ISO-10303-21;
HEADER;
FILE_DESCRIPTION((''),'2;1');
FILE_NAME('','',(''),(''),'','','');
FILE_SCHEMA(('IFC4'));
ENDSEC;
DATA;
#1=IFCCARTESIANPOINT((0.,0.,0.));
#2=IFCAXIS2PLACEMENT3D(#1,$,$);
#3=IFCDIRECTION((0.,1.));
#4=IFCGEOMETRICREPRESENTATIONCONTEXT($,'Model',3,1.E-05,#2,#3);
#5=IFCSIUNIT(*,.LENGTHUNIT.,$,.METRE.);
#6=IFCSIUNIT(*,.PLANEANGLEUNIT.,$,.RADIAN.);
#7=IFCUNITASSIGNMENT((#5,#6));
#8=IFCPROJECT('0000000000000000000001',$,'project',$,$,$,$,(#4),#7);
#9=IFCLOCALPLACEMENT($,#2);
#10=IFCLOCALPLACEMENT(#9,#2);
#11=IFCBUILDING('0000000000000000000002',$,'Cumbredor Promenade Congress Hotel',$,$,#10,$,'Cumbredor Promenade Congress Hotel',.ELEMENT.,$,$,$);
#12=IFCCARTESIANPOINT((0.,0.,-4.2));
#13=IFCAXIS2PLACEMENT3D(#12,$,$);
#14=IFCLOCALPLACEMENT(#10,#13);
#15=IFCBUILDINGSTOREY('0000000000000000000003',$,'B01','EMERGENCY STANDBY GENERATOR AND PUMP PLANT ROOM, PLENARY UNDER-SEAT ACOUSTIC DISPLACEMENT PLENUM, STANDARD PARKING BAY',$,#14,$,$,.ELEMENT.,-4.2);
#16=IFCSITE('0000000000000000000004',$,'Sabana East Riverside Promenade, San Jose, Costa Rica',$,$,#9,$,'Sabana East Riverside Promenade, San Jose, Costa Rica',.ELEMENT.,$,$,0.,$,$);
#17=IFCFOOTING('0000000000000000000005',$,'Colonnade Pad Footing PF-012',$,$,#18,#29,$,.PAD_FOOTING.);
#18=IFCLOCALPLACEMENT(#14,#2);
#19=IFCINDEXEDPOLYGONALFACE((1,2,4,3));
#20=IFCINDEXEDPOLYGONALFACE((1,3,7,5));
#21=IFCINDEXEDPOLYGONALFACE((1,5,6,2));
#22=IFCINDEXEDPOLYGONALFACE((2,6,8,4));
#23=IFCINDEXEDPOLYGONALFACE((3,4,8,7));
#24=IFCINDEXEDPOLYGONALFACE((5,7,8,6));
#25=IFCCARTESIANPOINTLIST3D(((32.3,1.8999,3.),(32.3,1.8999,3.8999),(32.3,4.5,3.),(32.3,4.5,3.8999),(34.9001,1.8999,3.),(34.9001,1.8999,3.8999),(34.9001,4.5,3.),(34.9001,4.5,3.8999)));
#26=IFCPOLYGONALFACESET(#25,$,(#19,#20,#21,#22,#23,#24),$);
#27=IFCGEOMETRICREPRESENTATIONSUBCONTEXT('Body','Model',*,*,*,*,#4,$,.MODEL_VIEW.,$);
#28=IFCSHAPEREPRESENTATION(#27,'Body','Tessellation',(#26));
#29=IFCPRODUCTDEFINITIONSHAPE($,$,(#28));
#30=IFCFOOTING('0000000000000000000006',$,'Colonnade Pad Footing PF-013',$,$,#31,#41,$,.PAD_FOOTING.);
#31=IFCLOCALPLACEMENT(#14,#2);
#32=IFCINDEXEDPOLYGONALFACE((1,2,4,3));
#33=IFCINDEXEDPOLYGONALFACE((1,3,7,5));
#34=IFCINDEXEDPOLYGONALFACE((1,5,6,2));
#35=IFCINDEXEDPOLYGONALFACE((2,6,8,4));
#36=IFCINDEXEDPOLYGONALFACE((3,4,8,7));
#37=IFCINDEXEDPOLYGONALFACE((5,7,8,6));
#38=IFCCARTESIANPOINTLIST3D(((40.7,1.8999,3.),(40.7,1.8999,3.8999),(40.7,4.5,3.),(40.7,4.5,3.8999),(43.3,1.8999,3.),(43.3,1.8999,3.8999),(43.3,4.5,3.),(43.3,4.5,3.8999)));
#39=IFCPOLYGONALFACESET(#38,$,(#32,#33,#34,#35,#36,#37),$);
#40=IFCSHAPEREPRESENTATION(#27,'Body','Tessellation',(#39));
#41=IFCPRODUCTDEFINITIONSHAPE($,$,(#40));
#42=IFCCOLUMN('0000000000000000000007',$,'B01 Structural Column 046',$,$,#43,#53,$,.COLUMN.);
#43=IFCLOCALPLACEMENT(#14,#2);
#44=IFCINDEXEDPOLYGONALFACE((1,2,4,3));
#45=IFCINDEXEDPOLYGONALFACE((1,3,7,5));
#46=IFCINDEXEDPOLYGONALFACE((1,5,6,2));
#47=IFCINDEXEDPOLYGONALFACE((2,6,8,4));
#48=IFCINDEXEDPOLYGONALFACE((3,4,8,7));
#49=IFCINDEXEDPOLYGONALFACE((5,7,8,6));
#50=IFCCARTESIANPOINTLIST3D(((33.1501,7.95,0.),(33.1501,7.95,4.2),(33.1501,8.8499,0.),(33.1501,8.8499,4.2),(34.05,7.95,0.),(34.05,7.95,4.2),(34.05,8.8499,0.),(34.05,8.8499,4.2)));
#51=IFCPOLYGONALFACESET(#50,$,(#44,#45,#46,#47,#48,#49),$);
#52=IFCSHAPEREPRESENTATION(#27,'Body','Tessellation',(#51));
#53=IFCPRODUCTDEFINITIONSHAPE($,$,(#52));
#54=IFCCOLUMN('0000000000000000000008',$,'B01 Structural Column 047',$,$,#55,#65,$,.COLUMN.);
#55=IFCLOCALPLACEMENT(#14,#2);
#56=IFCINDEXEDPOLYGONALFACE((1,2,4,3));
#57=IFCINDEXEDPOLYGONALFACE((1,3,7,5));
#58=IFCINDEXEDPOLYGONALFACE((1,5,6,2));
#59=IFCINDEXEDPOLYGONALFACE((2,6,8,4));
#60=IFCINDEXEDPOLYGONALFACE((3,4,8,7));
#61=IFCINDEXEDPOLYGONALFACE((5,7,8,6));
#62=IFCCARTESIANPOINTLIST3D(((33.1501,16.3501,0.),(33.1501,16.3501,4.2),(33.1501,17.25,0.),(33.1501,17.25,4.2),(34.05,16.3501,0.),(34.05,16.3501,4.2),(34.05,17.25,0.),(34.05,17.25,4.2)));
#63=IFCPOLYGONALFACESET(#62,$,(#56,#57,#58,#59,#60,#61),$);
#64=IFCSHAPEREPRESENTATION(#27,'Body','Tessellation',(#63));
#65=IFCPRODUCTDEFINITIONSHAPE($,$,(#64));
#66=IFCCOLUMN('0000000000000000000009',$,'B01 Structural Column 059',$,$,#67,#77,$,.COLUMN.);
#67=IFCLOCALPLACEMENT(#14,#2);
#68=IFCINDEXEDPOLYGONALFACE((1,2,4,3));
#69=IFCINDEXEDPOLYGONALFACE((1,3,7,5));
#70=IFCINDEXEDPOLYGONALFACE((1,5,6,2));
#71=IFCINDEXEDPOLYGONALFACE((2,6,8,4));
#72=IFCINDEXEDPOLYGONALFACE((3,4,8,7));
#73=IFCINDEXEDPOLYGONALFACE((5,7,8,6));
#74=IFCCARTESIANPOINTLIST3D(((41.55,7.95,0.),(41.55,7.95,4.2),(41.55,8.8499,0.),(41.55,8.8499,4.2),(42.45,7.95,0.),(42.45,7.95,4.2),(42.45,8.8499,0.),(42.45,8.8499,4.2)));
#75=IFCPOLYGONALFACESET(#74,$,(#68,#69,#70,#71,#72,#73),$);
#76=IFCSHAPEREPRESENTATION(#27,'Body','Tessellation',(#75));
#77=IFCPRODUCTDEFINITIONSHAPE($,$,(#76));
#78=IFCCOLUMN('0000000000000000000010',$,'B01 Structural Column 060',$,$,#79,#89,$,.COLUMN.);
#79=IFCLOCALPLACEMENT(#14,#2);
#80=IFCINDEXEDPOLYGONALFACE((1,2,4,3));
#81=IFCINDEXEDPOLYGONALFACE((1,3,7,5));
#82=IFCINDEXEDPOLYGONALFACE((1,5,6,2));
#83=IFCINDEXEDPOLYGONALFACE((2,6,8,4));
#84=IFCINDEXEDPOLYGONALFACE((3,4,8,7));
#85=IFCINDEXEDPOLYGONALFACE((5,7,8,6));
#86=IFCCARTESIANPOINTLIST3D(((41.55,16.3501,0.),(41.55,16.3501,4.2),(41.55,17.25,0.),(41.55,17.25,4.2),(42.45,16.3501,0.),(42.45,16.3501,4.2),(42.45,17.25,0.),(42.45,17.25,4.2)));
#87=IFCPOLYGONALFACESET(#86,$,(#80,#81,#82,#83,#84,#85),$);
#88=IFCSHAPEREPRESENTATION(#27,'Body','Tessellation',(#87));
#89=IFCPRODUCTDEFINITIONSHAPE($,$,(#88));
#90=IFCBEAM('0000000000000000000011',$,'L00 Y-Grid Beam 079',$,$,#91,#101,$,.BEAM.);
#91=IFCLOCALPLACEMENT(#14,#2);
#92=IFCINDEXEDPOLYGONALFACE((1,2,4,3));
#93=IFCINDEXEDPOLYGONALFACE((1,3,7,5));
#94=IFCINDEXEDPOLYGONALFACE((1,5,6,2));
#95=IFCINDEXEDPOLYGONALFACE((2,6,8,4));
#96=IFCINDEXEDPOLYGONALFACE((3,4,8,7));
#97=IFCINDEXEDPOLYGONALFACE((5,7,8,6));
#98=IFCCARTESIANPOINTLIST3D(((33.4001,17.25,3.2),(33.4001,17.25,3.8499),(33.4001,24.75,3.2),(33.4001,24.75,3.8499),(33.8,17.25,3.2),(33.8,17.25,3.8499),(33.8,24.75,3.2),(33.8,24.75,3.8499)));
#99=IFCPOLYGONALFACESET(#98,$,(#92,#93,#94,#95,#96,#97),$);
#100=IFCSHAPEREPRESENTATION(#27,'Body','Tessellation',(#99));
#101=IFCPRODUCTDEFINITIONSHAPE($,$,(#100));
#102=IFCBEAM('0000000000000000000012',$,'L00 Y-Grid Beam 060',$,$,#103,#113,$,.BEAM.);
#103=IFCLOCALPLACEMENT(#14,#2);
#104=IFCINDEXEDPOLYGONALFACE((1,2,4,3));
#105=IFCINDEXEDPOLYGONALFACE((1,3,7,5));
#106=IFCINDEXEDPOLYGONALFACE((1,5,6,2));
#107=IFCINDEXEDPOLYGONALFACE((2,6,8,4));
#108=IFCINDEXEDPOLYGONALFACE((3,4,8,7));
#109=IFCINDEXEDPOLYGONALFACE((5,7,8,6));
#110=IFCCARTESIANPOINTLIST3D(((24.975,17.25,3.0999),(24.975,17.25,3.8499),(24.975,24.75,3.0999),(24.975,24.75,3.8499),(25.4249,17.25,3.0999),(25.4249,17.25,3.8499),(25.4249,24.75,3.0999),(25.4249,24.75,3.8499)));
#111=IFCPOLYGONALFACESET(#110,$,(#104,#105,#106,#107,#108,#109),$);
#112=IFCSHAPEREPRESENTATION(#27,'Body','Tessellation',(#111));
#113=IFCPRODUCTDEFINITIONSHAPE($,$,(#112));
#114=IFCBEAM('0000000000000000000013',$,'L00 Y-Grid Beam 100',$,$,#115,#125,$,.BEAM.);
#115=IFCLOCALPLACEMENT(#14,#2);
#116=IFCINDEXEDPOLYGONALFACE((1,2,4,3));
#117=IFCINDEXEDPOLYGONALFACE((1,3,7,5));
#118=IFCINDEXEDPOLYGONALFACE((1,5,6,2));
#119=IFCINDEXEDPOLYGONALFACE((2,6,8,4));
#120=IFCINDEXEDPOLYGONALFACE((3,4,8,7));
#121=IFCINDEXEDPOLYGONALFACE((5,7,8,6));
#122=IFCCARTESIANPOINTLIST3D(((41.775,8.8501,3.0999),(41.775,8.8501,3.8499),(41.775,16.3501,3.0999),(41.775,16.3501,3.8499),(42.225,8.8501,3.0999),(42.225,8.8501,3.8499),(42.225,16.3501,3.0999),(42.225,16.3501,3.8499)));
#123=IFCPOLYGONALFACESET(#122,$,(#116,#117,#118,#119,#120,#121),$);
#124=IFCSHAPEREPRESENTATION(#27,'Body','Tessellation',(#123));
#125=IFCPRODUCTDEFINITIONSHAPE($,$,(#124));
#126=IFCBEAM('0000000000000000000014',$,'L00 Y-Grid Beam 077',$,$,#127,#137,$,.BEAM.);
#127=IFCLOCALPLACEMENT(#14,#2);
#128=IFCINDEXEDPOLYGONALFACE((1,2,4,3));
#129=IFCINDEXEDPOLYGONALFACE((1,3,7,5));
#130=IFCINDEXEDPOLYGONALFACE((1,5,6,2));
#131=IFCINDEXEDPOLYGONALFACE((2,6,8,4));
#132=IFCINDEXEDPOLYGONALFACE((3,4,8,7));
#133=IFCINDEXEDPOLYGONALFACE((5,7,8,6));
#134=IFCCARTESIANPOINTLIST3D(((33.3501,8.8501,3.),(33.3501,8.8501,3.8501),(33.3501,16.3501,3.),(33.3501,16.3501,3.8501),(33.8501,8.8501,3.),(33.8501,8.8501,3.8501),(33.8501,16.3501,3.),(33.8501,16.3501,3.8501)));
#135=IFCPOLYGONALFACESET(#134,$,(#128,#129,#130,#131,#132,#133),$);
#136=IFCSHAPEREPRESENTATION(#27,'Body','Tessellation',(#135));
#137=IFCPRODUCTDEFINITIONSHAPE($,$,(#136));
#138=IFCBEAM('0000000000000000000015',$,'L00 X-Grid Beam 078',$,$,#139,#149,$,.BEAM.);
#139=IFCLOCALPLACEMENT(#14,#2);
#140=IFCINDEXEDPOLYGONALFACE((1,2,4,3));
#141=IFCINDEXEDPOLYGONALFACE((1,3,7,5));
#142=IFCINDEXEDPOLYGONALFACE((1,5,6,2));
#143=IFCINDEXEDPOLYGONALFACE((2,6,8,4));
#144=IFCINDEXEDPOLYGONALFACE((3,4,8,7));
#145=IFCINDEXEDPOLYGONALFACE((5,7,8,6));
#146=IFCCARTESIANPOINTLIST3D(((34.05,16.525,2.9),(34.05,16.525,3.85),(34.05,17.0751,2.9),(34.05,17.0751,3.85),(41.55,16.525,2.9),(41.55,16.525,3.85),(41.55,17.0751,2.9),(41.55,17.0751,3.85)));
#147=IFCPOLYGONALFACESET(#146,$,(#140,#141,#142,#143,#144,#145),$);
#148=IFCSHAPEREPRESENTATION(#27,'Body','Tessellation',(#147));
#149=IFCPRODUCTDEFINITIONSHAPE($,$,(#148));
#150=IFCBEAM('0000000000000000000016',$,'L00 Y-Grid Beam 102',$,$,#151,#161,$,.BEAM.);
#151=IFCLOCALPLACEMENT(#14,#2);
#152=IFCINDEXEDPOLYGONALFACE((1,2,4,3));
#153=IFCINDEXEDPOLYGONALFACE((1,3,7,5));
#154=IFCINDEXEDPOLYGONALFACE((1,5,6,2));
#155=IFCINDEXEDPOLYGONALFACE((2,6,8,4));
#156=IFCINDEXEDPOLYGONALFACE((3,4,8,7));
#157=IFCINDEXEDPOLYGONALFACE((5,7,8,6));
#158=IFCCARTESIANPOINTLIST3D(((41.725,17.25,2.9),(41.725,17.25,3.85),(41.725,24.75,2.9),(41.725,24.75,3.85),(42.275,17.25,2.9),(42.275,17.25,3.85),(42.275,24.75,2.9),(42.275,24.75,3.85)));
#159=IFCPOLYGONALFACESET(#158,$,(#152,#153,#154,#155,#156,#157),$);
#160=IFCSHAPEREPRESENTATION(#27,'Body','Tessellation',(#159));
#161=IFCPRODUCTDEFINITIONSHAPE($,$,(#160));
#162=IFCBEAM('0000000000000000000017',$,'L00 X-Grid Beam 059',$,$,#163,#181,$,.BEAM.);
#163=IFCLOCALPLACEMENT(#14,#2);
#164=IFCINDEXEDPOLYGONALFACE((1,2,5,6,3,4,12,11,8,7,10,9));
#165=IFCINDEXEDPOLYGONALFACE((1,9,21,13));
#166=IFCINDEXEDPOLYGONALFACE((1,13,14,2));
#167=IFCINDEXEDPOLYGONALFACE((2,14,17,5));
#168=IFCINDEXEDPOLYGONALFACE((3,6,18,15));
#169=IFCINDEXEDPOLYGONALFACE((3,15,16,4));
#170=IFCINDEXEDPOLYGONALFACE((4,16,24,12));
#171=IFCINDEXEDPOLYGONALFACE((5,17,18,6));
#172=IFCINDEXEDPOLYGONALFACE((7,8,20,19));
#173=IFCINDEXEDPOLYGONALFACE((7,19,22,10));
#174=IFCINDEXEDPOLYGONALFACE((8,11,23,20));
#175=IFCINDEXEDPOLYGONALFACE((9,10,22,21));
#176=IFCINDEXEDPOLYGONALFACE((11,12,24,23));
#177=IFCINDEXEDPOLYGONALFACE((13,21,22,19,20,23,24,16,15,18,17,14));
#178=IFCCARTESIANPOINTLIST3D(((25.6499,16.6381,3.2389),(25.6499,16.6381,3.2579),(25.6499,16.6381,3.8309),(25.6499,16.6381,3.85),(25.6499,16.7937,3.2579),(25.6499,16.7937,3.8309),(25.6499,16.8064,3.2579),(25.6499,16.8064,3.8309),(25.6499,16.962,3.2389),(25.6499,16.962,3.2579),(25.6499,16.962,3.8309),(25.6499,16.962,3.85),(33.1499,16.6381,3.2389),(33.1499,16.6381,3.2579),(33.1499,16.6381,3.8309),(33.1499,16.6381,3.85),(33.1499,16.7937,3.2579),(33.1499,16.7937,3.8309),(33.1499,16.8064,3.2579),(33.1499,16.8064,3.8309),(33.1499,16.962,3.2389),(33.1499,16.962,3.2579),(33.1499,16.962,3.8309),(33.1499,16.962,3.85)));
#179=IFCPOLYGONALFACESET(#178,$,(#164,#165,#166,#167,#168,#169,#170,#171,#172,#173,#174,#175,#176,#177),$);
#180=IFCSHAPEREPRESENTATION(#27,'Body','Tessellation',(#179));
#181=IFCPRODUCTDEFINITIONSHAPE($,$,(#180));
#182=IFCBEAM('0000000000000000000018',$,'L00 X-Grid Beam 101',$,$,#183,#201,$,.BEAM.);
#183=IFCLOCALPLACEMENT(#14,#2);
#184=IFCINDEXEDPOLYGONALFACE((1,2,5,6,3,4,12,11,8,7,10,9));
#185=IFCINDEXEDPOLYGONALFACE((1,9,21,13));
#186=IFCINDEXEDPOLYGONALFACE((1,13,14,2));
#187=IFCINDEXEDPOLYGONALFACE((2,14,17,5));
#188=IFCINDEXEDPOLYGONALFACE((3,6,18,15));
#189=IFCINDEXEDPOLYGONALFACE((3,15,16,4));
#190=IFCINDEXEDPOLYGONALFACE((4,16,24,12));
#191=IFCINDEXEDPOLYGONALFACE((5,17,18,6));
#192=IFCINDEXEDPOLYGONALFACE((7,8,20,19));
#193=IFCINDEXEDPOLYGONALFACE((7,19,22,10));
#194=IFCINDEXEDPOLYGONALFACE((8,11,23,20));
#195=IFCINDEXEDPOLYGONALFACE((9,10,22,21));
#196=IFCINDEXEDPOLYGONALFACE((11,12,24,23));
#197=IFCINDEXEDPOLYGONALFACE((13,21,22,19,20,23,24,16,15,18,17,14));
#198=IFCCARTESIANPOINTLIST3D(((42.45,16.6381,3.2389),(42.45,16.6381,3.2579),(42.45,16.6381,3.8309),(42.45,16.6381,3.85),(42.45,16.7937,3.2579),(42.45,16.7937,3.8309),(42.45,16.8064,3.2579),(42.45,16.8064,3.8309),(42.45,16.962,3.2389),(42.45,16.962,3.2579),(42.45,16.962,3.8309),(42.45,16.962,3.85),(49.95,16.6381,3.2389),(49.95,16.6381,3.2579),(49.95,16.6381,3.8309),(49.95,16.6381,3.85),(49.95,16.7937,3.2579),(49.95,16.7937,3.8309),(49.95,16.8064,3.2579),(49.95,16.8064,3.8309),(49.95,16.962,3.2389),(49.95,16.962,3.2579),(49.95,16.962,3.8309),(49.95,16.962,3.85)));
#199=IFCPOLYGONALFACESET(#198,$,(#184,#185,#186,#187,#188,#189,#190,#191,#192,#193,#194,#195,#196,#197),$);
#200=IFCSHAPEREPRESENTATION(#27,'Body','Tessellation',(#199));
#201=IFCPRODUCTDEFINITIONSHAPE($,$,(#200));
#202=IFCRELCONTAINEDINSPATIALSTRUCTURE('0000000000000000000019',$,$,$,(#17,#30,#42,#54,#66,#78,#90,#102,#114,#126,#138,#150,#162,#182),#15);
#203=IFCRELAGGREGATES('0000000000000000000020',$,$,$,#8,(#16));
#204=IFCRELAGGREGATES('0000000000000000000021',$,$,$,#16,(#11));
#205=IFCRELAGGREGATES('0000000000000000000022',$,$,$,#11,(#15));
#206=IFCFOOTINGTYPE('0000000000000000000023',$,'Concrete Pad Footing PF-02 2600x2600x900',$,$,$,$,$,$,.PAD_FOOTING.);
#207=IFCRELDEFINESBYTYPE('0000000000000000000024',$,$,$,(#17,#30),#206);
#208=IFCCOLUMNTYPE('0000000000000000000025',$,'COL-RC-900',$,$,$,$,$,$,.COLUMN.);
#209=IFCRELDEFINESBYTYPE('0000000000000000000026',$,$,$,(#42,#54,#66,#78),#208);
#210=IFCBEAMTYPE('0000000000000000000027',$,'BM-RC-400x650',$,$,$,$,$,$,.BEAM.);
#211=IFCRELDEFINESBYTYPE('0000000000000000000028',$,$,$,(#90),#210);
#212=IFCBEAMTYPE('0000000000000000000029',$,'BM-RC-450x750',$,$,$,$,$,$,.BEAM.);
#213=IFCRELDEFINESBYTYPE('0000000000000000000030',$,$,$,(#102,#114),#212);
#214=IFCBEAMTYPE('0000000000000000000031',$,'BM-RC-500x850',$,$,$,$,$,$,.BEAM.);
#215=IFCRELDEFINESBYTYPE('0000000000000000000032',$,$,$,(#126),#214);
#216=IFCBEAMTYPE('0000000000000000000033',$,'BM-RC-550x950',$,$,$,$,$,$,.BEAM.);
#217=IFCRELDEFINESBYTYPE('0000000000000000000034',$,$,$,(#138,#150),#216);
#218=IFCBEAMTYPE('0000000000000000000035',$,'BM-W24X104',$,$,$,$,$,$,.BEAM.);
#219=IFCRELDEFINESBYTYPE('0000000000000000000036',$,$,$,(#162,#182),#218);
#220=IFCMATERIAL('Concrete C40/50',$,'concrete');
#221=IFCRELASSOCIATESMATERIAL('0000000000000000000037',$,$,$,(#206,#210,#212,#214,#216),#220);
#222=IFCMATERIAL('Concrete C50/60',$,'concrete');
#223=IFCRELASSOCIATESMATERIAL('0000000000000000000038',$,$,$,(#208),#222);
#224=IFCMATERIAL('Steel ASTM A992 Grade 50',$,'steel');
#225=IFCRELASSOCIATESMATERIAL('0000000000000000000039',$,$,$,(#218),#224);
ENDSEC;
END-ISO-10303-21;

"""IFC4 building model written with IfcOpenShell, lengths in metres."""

from ifc_helpers import new_model, si_unit, direction, frame, origin, origin_2d, place, context, subcontext, project, spatial, rectangle, i_section, extrude, material, material_profile, profile_set, type_object, element, save


model = new_model("IFC4")

# Units and contexts
model_context = context("Model", 3, precision=1e-05, world=origin(), true_north=direction((0.0, 1.0)))
body_context = subcontext(model_context, "Body", "Model", "MODEL_VIEW")
ifc_project = project(units=[si_unit("LENGTHUNIT", "METRE"), si_unit("PLANEANGLEUNIT", "RADIAN")], contexts=[model_context])

# Site, building, storey
site_placement = place(None, origin())
site = spatial("IfcSite", under=ifc_project, at=site_placement, Name="Sabana East Riverside Promenade, San Jose, Costa Rica", LongName="Sabana East Riverside Promenade, San Jose, Costa Rica", CompositionType="ELEMENT", RefElevation=0.0)
building_placement = place(site_placement, origin())
building = spatial("IfcBuilding", under=site, at=building_placement, Name="Cumbredor Promenade Congress Hotel", LongName="Cumbredor Promenade Congress Hotel", CompositionType="ELEMENT")
storey_placement = place(building_placement, frame((0.0, 0.0, -4.2)))
storey = spatial("IfcBuildingStorey", under=building, at=storey_placement, Name="B01", Description="EMERGENCY STANDBY GENERATOR AND PUMP PLANT ROOM, PLENARY UNDER-SEAT ACOUSTIC DISPLACEMENT PLENUM, STANDARD PARKING BAY", CompositionType="ELEMENT", Elevation=-4.2)

# Footings
ifc_material_1 = material(Name="Concrete C40/50", Category="concrete")
footing_type = type_object("IfcFootingType", Name="Concrete Pad Footing PF-02 2600x2600x900", PredefinedType="PAD_FOOTING", material=ifc_material_1)
for number, where, z_axis, x_axis, name in (
    (1, (33.6001, 3.2, 3.0), (0.0, 0.0, 1.0), (1.0, 0.0, 0.0), "Colonnade Pad Footing PF-012"),
    (2, (42.0, 3.2, 3.0), (0.0, 0.0, 1.0), (1.0, 0.0, 0.0), "Colonnade Pad Footing PF-013"),
):
    element("IfcFooting", number, at=place(storey_placement, frame(where, z_axis=z_axis, x_axis=x_axis)), inside=storey, type_object=footing_type, Name=name, PredefinedType="PAD_FOOTING", context=body_context, shape_type="SweptSolid", body=[
        extrude(rectangle(XDim=2.6001, YDim=2.6001, at=origin_2d()), origin(), (0.0, 0.0, 1.0), 0.8999),
    ])

# Columns
ifc_material_2 = material(Name="Concrete C50/60", Category="concrete")
ifc_material_profile_1 = material_profile(ifc_material_2, rectangle(XDim=0.8999, YDim=0.8999, at=origin_2d()), Name="RC 900x900")
ifc_profile_set_1 = profile_set([ifc_material_profile_1], Name="Concrete C50/60")
column_type = type_object("IfcColumnType", Name="COL-RC-900", PredefinedType="COLUMN", material=ifc_profile_set_1)
for number, where, z_axis, x_axis, name in (
    (3, (33.6001, 8.3999, 0.0), (0.0, 0.0, 1.0), (1.0, 0.0, 0.0), "B01 Structural Column 046"),
    (4, (33.6001, 16.8, 0.0), (0.0, 0.0, 1.0), (1.0, 0.0, 0.0), "B01 Structural Column 047"),
    (5, (42.0, 8.3999, 0.0), (0.0, 0.0, 1.0), (1.0, 0.0, 0.0), "B01 Structural Column 059"),
    (6, (42.0, 16.8, 0.0), (0.0, 0.0, 1.0), (1.0, 0.0, 0.0), "B01 Structural Column 060"),
):
    element("IfcColumn", number, at=place(storey_placement, frame(where, z_axis=z_axis, x_axis=x_axis)), inside=storey, type_object=column_type, Name=name, PredefinedType="COLUMN", context=body_context, shape_type="SweptSolid", body=[
        extrude(rectangle(XDim=0.8999, YDim=0.8999, at=origin_2d()), origin(), (0.0, 0.0, 1.0), 4.2),
    ])

# Beams
ifc_material_profile_2 = material_profile(ifc_material_1, rectangle(XDim=0.3999, YDim=0.6499, at=origin_2d()), Name="RC BEAM 400x650")
ifc_profile_set_2 = profile_set([ifc_material_profile_2], Name="Concrete C40/50")
beam_type_1 = type_object("IfcBeamType", Name="BM-RC-400x650", PredefinedType="BEAM", material=ifc_profile_set_2)
beam_1_placement = place(storey_placement, frame((33.6001, 17.25, 3.5249), z_axis=(0.0, 1.0, 0.0), x_axis=(-1.0, 0.0, 0.0)))
element("IfcBeam", 7, at=beam_1_placement, inside=storey, type_object=beam_type_1, Name="L00 Y-Grid Beam 079", PredefinedType="BEAM", context=body_context, shape_type="SweptSolid", body=[
    extrude(rectangle(XDim=0.3999, YDim=0.6499, at=origin_2d()), origin(), (0.0, 0.0, 1.0), 7.5),
])
ifc_material_profile_3 = material_profile(ifc_material_1, rectangle(XDim=0.45, YDim=0.75, at=origin_2d()), Name="RC BEAM 450x750")
ifc_profile_set_3 = profile_set([ifc_material_profile_3], Name="Concrete C40/50")
beam_type_2 = type_object("IfcBeamType", Name="BM-RC-450x750", PredefinedType="BEAM", material=ifc_profile_set_3)
for number, where, z_axis, x_axis, name in (
    (8, (25.2, 17.25, 3.4749), (0.0, 1.0, 0.0), (-1.0, 0.0, 0.0), "L00 Y-Grid Beam 060"),
    (9, (42.0, 8.8501, 3.4749), (0.0, 1.0, 0.0), (-1.0, 0.0, 0.0), "L00 Y-Grid Beam 100"),
):
    element("IfcBeam", number, at=place(storey_placement, frame(where, z_axis=z_axis, x_axis=x_axis)), inside=storey, type_object=beam_type_2, Name=name, PredefinedType="BEAM", context=body_context, shape_type="SweptSolid", body=[
        extrude(rectangle(XDim=0.45, YDim=0.75, at=origin_2d()), origin(), (0.0, 0.0, 1.0), 7.5),
    ])
ifc_material_profile_4 = material_profile(ifc_material_1, rectangle(XDim=0.5, YDim=0.8501, at=origin_2d()), Name="RC BEAM 500x850")
ifc_profile_set_4 = profile_set([ifc_material_profile_4], Name="Concrete C40/50")
beam_type_3 = type_object("IfcBeamType", Name="BM-RC-500x850", PredefinedType="BEAM", material=ifc_profile_set_4)
beam_2_placement = place(storey_placement, frame((33.6001, 8.8501, 3.425), z_axis=(0.0, 1.0, 0.0), x_axis=(-1.0, 0.0, 0.0)))
element("IfcBeam", 10, at=beam_2_placement, inside=storey, type_object=beam_type_3, Name="L00 Y-Grid Beam 077", PredefinedType="BEAM", context=body_context, shape_type="SweptSolid", body=[
    extrude(rectangle(XDim=0.5, YDim=0.8501, at=origin_2d()), origin(), (0.0, 0.0, 1.0), 7.5),
])
ifc_material_profile_5 = material_profile(ifc_material_1, rectangle(XDim=0.55, YDim=0.95, at=origin_2d()), Name="RC BEAM 550x950")
ifc_profile_set_5 = profile_set([ifc_material_profile_5], Name="Concrete C40/50")
beam_type_4 = type_object("IfcBeamType", Name="BM-RC-550x950", PredefinedType="BEAM", material=ifc_profile_set_5)
for number, where, z_axis, x_axis, name in (
    (11, (34.05, 16.8, 3.375), (1.0, 0.0, 0.0), (0.0, 1.0, 0.0), "L00 X-Grid Beam 078"),
    (12, (42.0, 17.25, 3.375), (0.0, 1.0, 0.0), (-1.0, 0.0, 0.0), "L00 Y-Grid Beam 102"),
):
    element("IfcBeam", number, at=place(storey_placement, frame(where, z_axis=z_axis, x_axis=x_axis)), inside=storey, type_object=beam_type_4, Name=name, PredefinedType="BEAM", context=body_context, shape_type="SweptSolid", body=[
        extrude(rectangle(XDim=0.55, YDim=0.95, at=origin_2d()), origin(), (0.0, 0.0, 1.0), 7.5),
    ])
ifc_material_3 = material(Name="Steel ASTM A992 Grade 50", Category="steel")
ifc_material_profile_6 = material_profile(ifc_material_3, i_section(OverallWidth=0.324, OverallDepth=0.6111, WebThickness=0.0127, FlangeThickness=0.019, at=origin_2d()), Name="W24X104")
ifc_profile_set_6 = profile_set([ifc_material_profile_6], Name="Steel ASTM A992 Grade 50")
beam_type_5 = type_object("IfcBeamType", Name="BM-W24X104", PredefinedType="BEAM", material=ifc_profile_set_6)
for number, where, z_axis, x_axis, name in (
    (13, (25.6499, 16.8, 3.5444), (1.0, 0.0, 0.0), (0.0, 1.0, 0.0), "L00 X-Grid Beam 059"),
    (14, (42.45, 16.8, 3.5444), (1.0, 0.0, 0.0), (0.0, 1.0, 0.0), "L00 X-Grid Beam 101"),
):
    element("IfcBeam", number, at=place(storey_placement, frame(where, z_axis=z_axis, x_axis=x_axis)), inside=storey, type_object=beam_type_5, Name=name, PredefinedType="BEAM", context=body_context, shape_type="SweptSolid", body=[
        extrude(i_section(OverallWidth=0.324, OverallDepth=0.6111, WebThickness=0.0127, FlangeThickness=0.019, at=origin_2d()), origin(), (0.0, 0.0, 1.0), 7.5),
    ])

save(model, "model.ifc")
